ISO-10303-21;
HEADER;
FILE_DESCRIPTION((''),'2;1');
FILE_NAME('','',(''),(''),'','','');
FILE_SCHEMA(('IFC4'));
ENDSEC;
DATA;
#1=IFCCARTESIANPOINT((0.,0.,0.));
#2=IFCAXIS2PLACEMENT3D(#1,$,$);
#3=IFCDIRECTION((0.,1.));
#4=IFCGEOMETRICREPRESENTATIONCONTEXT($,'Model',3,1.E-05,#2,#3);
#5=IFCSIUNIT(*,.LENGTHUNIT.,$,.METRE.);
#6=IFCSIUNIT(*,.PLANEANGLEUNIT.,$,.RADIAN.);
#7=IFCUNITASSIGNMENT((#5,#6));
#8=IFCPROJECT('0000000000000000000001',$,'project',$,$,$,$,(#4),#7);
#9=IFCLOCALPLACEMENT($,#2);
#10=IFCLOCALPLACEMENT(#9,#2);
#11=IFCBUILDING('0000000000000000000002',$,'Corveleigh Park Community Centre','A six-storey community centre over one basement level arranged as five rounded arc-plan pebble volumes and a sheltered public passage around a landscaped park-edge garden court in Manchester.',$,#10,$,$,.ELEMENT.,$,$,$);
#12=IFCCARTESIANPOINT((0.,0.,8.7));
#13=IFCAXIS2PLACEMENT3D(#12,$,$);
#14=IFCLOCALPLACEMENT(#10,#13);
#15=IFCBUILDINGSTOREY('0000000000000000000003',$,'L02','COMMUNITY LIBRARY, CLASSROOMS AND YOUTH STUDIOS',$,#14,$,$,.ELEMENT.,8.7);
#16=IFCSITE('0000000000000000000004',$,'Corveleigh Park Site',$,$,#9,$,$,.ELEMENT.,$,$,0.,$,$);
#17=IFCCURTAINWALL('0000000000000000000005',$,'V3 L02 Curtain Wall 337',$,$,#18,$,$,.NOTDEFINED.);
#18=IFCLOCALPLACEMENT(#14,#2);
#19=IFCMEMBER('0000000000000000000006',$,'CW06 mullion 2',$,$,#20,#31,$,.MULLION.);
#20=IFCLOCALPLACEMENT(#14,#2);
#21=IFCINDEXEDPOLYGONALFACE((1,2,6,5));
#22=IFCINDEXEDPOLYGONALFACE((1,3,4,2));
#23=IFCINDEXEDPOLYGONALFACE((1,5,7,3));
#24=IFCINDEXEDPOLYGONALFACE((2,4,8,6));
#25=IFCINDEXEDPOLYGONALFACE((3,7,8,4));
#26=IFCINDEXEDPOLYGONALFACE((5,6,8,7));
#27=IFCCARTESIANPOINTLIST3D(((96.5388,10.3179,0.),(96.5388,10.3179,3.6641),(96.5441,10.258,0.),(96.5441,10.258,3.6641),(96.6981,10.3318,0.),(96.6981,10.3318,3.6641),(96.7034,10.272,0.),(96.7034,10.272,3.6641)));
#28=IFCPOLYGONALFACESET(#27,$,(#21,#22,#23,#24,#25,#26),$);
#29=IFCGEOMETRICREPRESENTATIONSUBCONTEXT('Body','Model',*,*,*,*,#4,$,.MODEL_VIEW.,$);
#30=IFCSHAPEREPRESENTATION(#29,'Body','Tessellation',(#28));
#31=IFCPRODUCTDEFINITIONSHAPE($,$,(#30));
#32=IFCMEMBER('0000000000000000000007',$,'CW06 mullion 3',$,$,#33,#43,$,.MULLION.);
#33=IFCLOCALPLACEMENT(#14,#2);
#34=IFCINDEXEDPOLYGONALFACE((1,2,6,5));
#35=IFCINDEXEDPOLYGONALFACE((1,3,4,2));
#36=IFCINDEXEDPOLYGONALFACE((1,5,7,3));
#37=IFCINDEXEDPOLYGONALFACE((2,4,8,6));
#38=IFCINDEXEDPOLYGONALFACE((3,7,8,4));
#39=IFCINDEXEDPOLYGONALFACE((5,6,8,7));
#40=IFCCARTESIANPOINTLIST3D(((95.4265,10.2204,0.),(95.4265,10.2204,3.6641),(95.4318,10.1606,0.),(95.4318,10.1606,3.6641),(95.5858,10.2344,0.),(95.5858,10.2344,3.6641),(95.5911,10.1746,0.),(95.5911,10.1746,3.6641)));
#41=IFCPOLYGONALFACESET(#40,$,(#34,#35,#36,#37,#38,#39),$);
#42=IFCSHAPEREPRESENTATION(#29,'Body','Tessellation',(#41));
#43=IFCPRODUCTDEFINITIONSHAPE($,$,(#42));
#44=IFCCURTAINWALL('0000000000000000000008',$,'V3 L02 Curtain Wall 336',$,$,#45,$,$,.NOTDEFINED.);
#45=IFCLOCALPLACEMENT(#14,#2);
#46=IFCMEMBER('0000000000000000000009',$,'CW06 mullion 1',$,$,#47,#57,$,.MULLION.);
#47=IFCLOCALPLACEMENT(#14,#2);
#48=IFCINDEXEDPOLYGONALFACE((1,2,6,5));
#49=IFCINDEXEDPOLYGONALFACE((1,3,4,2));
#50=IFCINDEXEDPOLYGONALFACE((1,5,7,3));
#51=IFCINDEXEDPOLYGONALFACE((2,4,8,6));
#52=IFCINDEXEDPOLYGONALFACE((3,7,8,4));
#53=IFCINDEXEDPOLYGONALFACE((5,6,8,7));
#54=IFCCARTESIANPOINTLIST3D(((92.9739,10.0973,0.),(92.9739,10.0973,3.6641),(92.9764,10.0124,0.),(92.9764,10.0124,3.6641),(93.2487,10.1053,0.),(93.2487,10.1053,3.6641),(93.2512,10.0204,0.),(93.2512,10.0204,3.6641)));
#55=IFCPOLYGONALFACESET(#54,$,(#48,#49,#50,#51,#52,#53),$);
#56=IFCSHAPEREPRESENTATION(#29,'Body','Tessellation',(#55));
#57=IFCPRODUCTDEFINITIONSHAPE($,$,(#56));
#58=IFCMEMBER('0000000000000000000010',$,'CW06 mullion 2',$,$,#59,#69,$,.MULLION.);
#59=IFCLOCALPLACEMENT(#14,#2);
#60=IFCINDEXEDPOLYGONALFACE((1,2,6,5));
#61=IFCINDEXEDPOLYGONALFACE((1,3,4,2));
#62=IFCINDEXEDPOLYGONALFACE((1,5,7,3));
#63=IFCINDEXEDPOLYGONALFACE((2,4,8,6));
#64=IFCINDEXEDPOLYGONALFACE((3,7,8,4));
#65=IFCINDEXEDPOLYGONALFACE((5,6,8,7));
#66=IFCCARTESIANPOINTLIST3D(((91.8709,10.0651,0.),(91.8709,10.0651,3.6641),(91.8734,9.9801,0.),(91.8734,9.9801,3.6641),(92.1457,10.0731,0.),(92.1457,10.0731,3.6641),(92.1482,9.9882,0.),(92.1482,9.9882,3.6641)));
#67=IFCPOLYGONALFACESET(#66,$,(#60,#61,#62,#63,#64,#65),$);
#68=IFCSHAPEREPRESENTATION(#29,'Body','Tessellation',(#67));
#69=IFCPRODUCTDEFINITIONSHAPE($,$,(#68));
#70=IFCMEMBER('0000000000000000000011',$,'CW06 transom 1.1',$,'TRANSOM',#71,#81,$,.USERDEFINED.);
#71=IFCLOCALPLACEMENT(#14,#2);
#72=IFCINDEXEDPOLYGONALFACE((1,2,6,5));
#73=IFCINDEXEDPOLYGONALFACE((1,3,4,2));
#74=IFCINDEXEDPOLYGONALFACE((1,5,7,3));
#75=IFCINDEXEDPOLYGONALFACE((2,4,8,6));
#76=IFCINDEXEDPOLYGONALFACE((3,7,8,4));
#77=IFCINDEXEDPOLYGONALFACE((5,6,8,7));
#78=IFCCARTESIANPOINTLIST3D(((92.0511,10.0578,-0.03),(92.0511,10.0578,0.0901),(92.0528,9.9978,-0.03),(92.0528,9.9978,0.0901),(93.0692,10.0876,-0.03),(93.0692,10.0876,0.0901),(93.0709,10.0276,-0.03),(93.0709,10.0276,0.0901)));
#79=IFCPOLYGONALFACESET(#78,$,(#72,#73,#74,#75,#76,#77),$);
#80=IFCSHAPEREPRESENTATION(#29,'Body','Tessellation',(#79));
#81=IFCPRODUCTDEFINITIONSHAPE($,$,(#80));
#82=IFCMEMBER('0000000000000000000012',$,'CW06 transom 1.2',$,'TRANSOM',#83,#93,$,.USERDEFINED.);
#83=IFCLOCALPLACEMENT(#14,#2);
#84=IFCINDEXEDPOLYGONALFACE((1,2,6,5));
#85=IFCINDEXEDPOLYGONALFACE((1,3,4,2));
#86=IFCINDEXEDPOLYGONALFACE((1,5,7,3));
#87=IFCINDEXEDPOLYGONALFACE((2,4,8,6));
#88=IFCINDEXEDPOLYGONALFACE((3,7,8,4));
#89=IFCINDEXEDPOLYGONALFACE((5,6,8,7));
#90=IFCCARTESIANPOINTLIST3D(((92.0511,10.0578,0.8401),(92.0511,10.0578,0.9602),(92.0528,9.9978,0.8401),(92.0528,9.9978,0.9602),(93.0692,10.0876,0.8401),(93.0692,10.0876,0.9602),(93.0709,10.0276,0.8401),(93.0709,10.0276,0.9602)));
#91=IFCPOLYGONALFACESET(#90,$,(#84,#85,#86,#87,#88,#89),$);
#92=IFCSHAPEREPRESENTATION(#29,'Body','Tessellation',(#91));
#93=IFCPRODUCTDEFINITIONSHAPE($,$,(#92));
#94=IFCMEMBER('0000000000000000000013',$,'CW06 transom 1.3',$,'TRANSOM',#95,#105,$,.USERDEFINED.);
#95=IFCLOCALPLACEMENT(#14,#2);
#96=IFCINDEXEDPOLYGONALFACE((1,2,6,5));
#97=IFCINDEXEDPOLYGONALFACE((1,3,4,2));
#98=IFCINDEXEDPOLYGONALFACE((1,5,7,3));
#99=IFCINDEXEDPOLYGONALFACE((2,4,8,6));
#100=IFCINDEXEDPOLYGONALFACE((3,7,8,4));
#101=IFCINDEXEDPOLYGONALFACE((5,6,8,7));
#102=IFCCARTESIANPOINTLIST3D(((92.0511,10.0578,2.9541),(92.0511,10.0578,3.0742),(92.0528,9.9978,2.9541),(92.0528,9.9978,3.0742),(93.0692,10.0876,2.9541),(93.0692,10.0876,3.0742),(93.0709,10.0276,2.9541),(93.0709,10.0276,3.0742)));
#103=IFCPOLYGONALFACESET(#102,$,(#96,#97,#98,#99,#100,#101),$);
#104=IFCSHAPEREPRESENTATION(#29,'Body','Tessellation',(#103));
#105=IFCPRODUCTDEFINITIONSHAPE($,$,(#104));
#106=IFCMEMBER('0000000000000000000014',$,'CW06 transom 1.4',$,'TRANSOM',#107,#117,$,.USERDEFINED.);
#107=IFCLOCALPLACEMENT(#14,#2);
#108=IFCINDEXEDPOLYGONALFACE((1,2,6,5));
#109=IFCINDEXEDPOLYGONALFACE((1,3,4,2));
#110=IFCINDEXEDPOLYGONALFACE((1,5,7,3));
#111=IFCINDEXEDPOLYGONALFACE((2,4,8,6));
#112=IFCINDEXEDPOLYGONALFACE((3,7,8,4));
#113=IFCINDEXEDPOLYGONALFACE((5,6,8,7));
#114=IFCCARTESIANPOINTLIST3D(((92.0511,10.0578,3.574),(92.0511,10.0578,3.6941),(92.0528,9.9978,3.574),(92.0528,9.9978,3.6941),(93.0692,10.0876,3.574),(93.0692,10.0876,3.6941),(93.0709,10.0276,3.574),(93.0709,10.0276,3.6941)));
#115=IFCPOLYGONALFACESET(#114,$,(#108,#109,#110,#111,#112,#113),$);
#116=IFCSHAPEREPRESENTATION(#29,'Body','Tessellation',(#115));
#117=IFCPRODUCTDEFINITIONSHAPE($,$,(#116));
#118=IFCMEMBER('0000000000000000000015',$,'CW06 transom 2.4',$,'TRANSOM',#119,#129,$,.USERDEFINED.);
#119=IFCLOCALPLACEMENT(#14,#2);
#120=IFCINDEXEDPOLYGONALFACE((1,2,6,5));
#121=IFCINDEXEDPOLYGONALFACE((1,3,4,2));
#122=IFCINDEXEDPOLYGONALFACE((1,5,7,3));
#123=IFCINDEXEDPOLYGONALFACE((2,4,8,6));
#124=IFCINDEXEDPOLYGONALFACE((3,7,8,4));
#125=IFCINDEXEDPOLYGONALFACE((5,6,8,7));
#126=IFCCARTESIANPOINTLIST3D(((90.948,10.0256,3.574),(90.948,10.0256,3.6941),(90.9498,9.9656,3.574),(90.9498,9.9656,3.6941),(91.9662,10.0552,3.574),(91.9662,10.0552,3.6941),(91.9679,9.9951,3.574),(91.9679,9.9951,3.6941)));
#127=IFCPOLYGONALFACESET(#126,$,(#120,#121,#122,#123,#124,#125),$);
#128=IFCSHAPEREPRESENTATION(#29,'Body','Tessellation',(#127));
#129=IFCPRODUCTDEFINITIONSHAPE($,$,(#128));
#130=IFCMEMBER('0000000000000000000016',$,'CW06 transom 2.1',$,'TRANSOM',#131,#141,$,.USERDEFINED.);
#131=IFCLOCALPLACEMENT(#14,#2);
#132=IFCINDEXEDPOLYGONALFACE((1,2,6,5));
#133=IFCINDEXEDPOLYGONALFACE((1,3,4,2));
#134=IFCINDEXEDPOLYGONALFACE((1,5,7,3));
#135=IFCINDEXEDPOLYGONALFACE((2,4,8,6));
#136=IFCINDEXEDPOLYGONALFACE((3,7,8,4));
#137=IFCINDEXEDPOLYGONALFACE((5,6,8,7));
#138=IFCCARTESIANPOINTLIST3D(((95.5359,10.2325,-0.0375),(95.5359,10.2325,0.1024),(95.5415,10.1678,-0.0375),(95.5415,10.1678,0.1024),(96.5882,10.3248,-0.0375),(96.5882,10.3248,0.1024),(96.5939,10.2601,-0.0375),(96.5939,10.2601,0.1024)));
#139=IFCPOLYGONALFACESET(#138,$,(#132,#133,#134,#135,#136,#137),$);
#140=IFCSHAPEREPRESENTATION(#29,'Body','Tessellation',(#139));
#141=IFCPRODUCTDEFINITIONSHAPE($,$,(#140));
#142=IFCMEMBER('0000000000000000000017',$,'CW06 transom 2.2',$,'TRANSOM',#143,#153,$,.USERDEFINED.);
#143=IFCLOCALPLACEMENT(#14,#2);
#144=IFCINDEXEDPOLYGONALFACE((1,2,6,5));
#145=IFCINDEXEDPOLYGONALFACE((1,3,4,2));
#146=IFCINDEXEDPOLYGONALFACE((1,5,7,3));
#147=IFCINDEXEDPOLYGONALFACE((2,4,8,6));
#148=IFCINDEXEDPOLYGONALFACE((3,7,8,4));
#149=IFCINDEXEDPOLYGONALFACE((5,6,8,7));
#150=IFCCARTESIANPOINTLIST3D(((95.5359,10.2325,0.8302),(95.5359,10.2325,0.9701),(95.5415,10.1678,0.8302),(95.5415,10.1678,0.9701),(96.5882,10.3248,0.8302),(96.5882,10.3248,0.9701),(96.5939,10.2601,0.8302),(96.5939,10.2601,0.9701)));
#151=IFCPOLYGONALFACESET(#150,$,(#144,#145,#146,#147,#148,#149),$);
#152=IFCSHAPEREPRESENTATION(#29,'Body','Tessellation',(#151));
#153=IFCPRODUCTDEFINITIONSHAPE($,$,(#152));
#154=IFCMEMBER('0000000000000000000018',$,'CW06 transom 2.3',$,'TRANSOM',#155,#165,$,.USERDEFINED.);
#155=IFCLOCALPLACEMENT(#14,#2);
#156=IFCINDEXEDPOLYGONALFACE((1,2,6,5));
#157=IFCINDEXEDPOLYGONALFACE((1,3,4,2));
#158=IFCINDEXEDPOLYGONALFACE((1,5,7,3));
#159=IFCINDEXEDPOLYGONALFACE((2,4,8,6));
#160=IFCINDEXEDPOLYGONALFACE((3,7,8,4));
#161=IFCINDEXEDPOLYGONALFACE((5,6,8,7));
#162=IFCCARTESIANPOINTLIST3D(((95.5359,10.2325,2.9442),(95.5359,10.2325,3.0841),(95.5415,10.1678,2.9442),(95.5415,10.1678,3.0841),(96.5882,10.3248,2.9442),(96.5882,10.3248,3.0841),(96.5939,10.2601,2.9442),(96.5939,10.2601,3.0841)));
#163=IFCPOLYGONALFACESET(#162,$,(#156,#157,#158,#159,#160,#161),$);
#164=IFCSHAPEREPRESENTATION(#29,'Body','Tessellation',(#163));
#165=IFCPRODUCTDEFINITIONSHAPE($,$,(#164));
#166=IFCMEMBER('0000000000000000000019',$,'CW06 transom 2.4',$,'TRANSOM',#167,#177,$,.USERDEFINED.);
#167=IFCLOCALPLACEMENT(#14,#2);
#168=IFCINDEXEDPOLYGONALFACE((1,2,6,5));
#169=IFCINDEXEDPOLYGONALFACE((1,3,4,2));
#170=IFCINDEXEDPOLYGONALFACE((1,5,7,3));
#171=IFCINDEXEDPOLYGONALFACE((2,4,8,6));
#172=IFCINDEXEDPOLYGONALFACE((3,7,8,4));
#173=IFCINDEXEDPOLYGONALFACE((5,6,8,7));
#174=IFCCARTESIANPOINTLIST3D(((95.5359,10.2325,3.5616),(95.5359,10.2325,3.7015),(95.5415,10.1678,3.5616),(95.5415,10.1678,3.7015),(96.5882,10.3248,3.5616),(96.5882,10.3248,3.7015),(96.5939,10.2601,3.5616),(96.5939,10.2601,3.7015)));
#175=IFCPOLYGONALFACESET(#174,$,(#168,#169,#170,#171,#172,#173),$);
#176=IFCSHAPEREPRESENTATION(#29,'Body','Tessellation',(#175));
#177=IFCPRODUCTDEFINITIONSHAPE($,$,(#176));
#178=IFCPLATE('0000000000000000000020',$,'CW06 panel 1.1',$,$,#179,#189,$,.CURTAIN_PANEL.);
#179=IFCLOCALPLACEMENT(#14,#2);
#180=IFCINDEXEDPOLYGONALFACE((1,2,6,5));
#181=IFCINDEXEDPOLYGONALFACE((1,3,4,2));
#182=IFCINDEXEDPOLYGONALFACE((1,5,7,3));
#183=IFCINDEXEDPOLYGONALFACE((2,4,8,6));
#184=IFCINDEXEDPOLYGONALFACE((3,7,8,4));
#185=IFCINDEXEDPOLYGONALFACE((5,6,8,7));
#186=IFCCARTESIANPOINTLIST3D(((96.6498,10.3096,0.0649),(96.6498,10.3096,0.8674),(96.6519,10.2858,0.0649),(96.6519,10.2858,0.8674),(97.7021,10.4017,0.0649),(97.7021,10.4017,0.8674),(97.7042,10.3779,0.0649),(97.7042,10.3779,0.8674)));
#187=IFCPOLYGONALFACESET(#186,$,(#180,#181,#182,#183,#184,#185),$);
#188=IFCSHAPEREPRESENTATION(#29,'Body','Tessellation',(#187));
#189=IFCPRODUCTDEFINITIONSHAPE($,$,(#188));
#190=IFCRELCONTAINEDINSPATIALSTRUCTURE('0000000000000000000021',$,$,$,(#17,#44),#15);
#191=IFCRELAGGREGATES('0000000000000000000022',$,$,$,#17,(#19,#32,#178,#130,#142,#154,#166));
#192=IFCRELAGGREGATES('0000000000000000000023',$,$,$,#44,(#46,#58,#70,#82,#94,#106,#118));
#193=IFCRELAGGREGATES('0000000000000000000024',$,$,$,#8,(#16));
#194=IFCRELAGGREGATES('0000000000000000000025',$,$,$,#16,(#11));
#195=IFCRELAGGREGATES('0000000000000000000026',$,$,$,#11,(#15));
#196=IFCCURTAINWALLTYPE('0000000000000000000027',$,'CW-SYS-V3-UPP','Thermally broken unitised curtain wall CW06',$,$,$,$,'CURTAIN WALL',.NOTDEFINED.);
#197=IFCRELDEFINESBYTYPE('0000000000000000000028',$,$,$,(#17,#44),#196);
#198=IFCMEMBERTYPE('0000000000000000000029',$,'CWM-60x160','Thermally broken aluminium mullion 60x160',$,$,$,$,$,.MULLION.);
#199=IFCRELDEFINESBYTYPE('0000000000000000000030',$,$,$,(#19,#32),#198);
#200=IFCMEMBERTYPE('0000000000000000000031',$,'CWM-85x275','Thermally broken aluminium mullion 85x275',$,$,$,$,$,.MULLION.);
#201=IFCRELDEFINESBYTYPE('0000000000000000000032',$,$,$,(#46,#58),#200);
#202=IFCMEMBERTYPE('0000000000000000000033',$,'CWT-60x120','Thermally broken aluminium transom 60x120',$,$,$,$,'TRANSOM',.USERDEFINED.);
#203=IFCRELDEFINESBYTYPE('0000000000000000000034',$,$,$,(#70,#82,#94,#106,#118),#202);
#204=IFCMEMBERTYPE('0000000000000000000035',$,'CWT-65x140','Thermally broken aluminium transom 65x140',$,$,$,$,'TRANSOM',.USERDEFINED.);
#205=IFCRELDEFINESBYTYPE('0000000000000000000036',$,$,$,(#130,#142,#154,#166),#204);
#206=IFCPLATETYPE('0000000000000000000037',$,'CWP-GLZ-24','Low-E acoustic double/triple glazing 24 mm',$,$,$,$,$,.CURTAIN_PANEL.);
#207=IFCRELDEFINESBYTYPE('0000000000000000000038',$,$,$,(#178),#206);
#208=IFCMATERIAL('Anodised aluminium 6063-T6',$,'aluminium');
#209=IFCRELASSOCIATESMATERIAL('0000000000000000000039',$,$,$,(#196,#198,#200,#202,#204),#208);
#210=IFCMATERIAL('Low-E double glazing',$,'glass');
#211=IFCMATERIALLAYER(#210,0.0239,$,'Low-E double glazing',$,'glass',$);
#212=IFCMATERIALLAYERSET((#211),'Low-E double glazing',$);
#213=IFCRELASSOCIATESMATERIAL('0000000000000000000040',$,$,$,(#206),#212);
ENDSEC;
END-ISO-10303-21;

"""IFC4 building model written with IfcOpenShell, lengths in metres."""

from ifc_helpers import new_model, si_unit, direction, frame, origin, origin_2d, place, context, subcontext, project, spatial, rectangle, extrude, material, layer, layer_set, material_profile, profile_set, type_object, element, aggregate, save


model = new_model("IFC4")

# Units and contexts
model_context = context("Model", 3, precision=1e-05, world=origin(), true_north=direction((0.0, 1.0)))
body_context = subcontext(model_context, "Body", "Model", "MODEL_VIEW")
ifc_project = project(units=[si_unit("LENGTHUNIT", "METRE"), si_unit("PLANEANGLEUNIT", "RADIAN")], contexts=[model_context])

# Site, building, storey
site_placement = place(None, origin())
site = spatial("IfcSite", under=ifc_project, at=site_placement, Name="Corveleigh Park Site", CompositionType="ELEMENT", RefElevation=0.0)
building_placement = place(site_placement, origin())
building = spatial("IfcBuilding", under=site, at=building_placement, Name="Corveleigh Park Community Centre", Description="A six-storey community centre over one basement level arranged as five rounded arc-plan pebble volumes and a sheltered public passage around a landscaped park-edge garden court in Manchester.", CompositionType="ELEMENT")
storey_placement = place(building_placement, frame((0.0, 0.0, 8.7)))
storey = spatial("IfcBuildingStorey", under=building, at=storey_placement, Name="L02", Description="COMMUNITY LIBRARY, CLASSROOMS AND YOUTH STUDIOS", CompositionType="ELEMENT", Elevation=8.7)

# Curtain walls, members
ifc_material_1 = material(Name="Anodised aluminium 6063-T6", Category="aluminium")
curtain_wall_type = type_object("IfcCurtainWallType", Name="CW-SYS-V3-UPP", Description="Thermally broken unitised curtain wall CW06", ElementType="CURTAIN WALL", PredefinedType="NOTDEFINED", material=ifc_material_1)
curtain_wall_1_placement = place(storey_placement, origin())
curtain_wall_1 = element("IfcCurtainWall", 1, at=curtain_wall_1_placement, inside=storey, type_object=curtain_wall_type, Name="V3 L02 Curtain Wall 337", PredefinedType="NOTDEFINED")
ifc_material_profile_1 = material_profile(ifc_material_1, rectangle(XDim=0.0601, YDim=0.1599, at=origin_2d()), Name="ALU-M60x160", Category="aluminium")
ifc_profile_set_1 = profile_set([ifc_material_profile_1], Name="Anodised aluminium 6063-T6")
member_type_1 = type_object("IfcMemberType", Name="CWM-60x160", Description="Thermally broken aluminium mullion 60x160", PredefinedType="MULLION", material=ifc_profile_set_1)
member_1_placement = place(storey_placement, frame((96.6211, 10.2949, 0.0), z_axis=(0.0, 0.0, 1.0), x_axis=(0.087232, -0.996188, 0.0)))
member_1 = element("IfcMember", 2, at=member_1_placement, type_object=member_type_1, Name="CW06 mullion 2", PredefinedType="MULLION", context=body_context, shape_type="SweptSolid", body=[
    extrude(rectangle(XDim=0.0601, YDim=0.1599, at=origin_2d()), origin(), (0.0, 0.0, 1.0), 3.6641),
])
member_2_placement = place(storey_placement, frame((95.5088, 10.1975, 0.0), z_axis=(0.0, 0.0, 1.0), x_axis=(0.087232, -0.996188, 0.0)))
member_2 = element("IfcMember", 3, at=member_2_placement, type_object=member_type_1, Name="CW06 mullion 3", PredefinedType="MULLION", context=body_context, shape_type="SweptSolid", body=[
    extrude(rectangle(XDim=0.0601, YDim=0.1599, at=origin_2d()), origin(), (0.0, 0.0, 1.0), 3.6641),
])
curtain_wall_2_placement = place(storey_placement, origin())
curtain_wall_2 = element("IfcCurtainWall", 4, at=curtain_wall_2_placement, inside=storey, type_object=curtain_wall_type, Name="V3 L02 Curtain Wall 336", PredefinedType="NOTDEFINED")
ifc_material_profile_2 = material_profile(ifc_material_1, rectangle(XDim=0.085, YDim=0.2749, at=origin_2d()), Name="ALU-M85x275", Category="aluminium")
ifc_profile_set_2 = profile_set([ifc_material_profile_2], Name="Anodised aluminium 6063-T6")
member_type_2 = type_object("IfcMemberType", Name="CWM-85x275", Description="Thermally broken aluminium mullion 85x275", PredefinedType="MULLION", material=ifc_profile_set_2)
member_3_placement = place(storey_placement, frame((93.1125, 10.0588, 0.0), z_axis=(0.0, 0.0, 1.0), x_axis=(0.029232, -0.999573, 0.0)))
member_3 = element("IfcMember", 5, at=member_3_placement, type_object=member_type_2, Name="CW06 mullion 1", PredefinedType="MULLION", context=body_context, shape_type="SweptSolid", body=[
    extrude(rectangle(XDim=0.085, YDim=0.2749, at=origin_2d()), origin(), (0.0, 0.0, 1.0), 3.6641),
])
member_4_placement = place(storey_placement, frame((92.0095, 10.0266, 0.0), z_axis=(0.0, 0.0, 1.0), x_axis=(0.029232, -0.999573, 0.0)))
member_4 = element("IfcMember", 6, at=member_4_placement, type_object=member_type_2, Name="CW06 mullion 2", PredefinedType="MULLION", context=body_context, shape_type="SweptSolid", body=[
    extrude(rectangle(XDim=0.085, YDim=0.2749, at=origin_2d()), origin(), (0.0, 0.0, 1.0), 3.6641),
])
ifc_material_profile_3 = material_profile(ifc_material_1, rectangle(XDim=0.0601, YDim=0.1201, at=origin_2d()), Name="ALU-T60x120", Category="aluminium")
ifc_profile_set_3 = profile_set([ifc_material_profile_3], Name="Anodised aluminium 6063-T6")
member_type_3 = type_object("IfcMemberType", Name="CWT-60x120", Description="Thermally broken aluminium transom 60x120", ElementType="TRANSOM", PredefinedType="USERDEFINED", material=ifc_profile_set_3)
member_5_placement = place(storey_placement, frame((93.0701, 10.0576, 0.03), z_axis=(-0.999572, -0.029244, 0.0), x_axis=(0.029244, -0.999572, 0.0)))
member_5 = element("IfcMember", 7, at=member_5_placement, type_object=member_type_3, Name="CW06 transom 1.1", ObjectType="TRANSOM", PredefinedType="USERDEFINED", context=body_context, shape_type="SweptSolid", body=[
    extrude(rectangle(XDim=0.0601, YDim=0.1201, at=origin_2d()), origin(), (0.0, 0.0, 1.0), 1.0186),
])
member_6_placement = place(storey_placement, frame((93.0701, 10.0576, 0.9001), z_axis=(-0.999572, -0.029244, 0.0), x_axis=(0.029244, -0.999572, 0.0)))
member_6 = element("IfcMember", 8, at=member_6_placement, type_object=member_type_3, Name="CW06 transom 1.2", ObjectType="TRANSOM", PredefinedType="USERDEFINED", context=body_context, shape_type="SweptSolid", body=[
    extrude(rectangle(XDim=0.0601, YDim=0.1201, at=origin_2d()), origin(), (0.0, 0.0, 1.0), 1.0186),
])
member_7_placement = place(storey_placement, frame((93.0701, 10.0576, 3.0142), z_axis=(-0.999572, -0.029244, 0.0), x_axis=(0.029244, -0.999572, 0.0)))
member_7 = element("IfcMember", 9, at=member_7_placement, type_object=member_type_3, Name="CW06 transom 1.3", ObjectType="TRANSOM", PredefinedType="USERDEFINED", context=body_context, shape_type="SweptSolid", body=[
    extrude(rectangle(XDim=0.0601, YDim=0.1201, at=origin_2d()), origin(), (0.0, 0.0, 1.0), 1.0186),
])
member_8_placement = place(storey_placement, frame((93.0701, 10.0576, 3.634), z_axis=(-0.999572, -0.029244, 0.0), x_axis=(0.029244, -0.999572, 0.0)))
member_8 = element("IfcMember", 10, at=member_8_placement, type_object=member_type_3, Name="CW06 transom 1.4", ObjectType="TRANSOM", PredefinedType="USERDEFINED", context=body_context, shape_type="SweptSolid", body=[
    extrude(rectangle(XDim=0.0601, YDim=0.1201, at=origin_2d()), origin(), (0.0, 0.0, 1.0), 1.0186),
])
member_9_placement = place(storey_placement, frame((91.967, 10.0251, 3.634), z_axis=(-0.999579, -0.029005, 0.0), x_axis=(0.029005, -0.999579, 0.0)))
member_9 = element("IfcMember", 11, at=member_9_placement, type_object=member_type_3, Name="CW06 transom 2.4", ObjectType="TRANSOM", PredefinedType="USERDEFINED", context=body_context, shape_type="SweptSolid", body=[
    extrude(rectangle(XDim=0.0601, YDim=0.1201, at=origin_2d()), origin(), (0.0, 0.0, 1.0), 1.0186),
])

# Members
ifc_material_profile_4 = material_profile(ifc_material_1, rectangle(XDim=0.0649, YDim=0.1399, at=origin_2d()), Name="ALU-T65x140", Category="aluminium")
ifc_profile_set_4 = profile_set([ifc_material_profile_4], Name="Anodised aluminium 6063-T6")
member_type_4 = type_object("IfcMemberType", Name="CWT-65x140", Description="Thermally broken aluminium transom 65x140", ElementType="TRANSOM", PredefinedType="USERDEFINED", material=ifc_profile_set_4)
member_10_placement = place(storey_placement, frame((96.5911, 10.2925, 0.0325), z_axis=(-0.996176, -0.087368, 0.0), x_axis=(0.087368, -0.996176, 0.0)))
member_10 = element("IfcMember", 12, at=member_10_placement, type_object=member_type_4, Name="CW06 transom 2.1", ObjectType="TRANSOM", PredefinedType="USERDEFINED", context=body_context, shape_type="SweptSolid", body=[
    extrude(rectangle(XDim=0.0649, YDim=0.1399, at=origin_2d()), origin(), (0.0, 0.0, 1.0), 1.0564),
])
member_11_placement = place(storey_placement, frame((96.5911, 10.2925, 0.9001), z_axis=(-0.996176, -0.087368, 0.0), x_axis=(0.087368, -0.996176, 0.0)))
member_11 = element("IfcMember", 13, at=member_11_placement, type_object=member_type_4, Name="CW06 transom 2.2", ObjectType="TRANSOM", PredefinedType="USERDEFINED", context=body_context, shape_type="SweptSolid", body=[
    extrude(rectangle(XDim=0.0649, YDim=0.1399, at=origin_2d()), origin(), (0.0, 0.0, 1.0), 1.0564),
])
member_12_placement = place(storey_placement, frame((96.5911, 10.2925, 3.0142), z_axis=(-0.996176, -0.087368, 0.0), x_axis=(0.087368, -0.996176, 0.0)))
member_12 = element("IfcMember", 14, at=member_12_placement, type_object=member_type_4, Name="CW06 transom 2.3", ObjectType="TRANSOM", PredefinedType="USERDEFINED", context=body_context, shape_type="SweptSolid", body=[
    extrude(rectangle(XDim=0.0649, YDim=0.1399, at=origin_2d()), origin(), (0.0, 0.0, 1.0), 1.0564),
])
member_13_placement = place(storey_placement, frame((96.5911, 10.2925, 3.6316), z_axis=(-0.996176, -0.087368, 0.0), x_axis=(0.087368, -0.996176, 0.0)))
member_13 = element("IfcMember", 15, at=member_13_placement, type_object=member_type_4, Name="CW06 transom 2.4", ObjectType="TRANSOM", PredefinedType="USERDEFINED", context=body_context, shape_type="SweptSolid", body=[
    extrude(rectangle(XDim=0.0649, YDim=0.1399, at=origin_2d()), origin(), (0.0, 0.0, 1.0), 1.0564),
])

# Plate
ifc_material_2 = material(Name="Low-E double glazing", Category="glass")
ifc_layer_1 = layer(ifc_material_2, 0.0239, Name="Low-E double glazing", Category="glass")
ifc_layer_set_1 = layer_set([ifc_layer_1], Name="Low-E double glazing")
plate_type_1 = type_object("IfcPlateType", Name="CWP-GLZ-24", Description="Low-E acoustic double/triple glazing 24 mm", PredefinedType="CURTAIN_PANEL", material=ifc_layer_set_1)
plate_1_placement = place(storey_placement, frame((97.177, 10.3438, 0.0649), z_axis=(0.0, 0.0, 1.0), x_axis=(-0.996188, -0.087232, 0.0)))
plate_1 = element("IfcPlate", 16, at=plate_1_placement, type_object=plate_type_1, Name="CW06 panel 1.1", PredefinedType="CURTAIN_PANEL", context=body_context, shape_type="SweptSolid", body=[
    extrude(rectangle(XDim=1.0564, YDim=0.0239, at=origin_2d()), origin(), (0.0, 0.0, 1.0), 0.8025),
])
aggregate(curtain_wall_1, [member_1, member_2, plate_1, member_10, member_11, member_12, member_13])
aggregate(curtain_wall_2, [member_3, member_4, member_5, member_6, member_7, member_8, member_9])

save(model, "model.ifc")
